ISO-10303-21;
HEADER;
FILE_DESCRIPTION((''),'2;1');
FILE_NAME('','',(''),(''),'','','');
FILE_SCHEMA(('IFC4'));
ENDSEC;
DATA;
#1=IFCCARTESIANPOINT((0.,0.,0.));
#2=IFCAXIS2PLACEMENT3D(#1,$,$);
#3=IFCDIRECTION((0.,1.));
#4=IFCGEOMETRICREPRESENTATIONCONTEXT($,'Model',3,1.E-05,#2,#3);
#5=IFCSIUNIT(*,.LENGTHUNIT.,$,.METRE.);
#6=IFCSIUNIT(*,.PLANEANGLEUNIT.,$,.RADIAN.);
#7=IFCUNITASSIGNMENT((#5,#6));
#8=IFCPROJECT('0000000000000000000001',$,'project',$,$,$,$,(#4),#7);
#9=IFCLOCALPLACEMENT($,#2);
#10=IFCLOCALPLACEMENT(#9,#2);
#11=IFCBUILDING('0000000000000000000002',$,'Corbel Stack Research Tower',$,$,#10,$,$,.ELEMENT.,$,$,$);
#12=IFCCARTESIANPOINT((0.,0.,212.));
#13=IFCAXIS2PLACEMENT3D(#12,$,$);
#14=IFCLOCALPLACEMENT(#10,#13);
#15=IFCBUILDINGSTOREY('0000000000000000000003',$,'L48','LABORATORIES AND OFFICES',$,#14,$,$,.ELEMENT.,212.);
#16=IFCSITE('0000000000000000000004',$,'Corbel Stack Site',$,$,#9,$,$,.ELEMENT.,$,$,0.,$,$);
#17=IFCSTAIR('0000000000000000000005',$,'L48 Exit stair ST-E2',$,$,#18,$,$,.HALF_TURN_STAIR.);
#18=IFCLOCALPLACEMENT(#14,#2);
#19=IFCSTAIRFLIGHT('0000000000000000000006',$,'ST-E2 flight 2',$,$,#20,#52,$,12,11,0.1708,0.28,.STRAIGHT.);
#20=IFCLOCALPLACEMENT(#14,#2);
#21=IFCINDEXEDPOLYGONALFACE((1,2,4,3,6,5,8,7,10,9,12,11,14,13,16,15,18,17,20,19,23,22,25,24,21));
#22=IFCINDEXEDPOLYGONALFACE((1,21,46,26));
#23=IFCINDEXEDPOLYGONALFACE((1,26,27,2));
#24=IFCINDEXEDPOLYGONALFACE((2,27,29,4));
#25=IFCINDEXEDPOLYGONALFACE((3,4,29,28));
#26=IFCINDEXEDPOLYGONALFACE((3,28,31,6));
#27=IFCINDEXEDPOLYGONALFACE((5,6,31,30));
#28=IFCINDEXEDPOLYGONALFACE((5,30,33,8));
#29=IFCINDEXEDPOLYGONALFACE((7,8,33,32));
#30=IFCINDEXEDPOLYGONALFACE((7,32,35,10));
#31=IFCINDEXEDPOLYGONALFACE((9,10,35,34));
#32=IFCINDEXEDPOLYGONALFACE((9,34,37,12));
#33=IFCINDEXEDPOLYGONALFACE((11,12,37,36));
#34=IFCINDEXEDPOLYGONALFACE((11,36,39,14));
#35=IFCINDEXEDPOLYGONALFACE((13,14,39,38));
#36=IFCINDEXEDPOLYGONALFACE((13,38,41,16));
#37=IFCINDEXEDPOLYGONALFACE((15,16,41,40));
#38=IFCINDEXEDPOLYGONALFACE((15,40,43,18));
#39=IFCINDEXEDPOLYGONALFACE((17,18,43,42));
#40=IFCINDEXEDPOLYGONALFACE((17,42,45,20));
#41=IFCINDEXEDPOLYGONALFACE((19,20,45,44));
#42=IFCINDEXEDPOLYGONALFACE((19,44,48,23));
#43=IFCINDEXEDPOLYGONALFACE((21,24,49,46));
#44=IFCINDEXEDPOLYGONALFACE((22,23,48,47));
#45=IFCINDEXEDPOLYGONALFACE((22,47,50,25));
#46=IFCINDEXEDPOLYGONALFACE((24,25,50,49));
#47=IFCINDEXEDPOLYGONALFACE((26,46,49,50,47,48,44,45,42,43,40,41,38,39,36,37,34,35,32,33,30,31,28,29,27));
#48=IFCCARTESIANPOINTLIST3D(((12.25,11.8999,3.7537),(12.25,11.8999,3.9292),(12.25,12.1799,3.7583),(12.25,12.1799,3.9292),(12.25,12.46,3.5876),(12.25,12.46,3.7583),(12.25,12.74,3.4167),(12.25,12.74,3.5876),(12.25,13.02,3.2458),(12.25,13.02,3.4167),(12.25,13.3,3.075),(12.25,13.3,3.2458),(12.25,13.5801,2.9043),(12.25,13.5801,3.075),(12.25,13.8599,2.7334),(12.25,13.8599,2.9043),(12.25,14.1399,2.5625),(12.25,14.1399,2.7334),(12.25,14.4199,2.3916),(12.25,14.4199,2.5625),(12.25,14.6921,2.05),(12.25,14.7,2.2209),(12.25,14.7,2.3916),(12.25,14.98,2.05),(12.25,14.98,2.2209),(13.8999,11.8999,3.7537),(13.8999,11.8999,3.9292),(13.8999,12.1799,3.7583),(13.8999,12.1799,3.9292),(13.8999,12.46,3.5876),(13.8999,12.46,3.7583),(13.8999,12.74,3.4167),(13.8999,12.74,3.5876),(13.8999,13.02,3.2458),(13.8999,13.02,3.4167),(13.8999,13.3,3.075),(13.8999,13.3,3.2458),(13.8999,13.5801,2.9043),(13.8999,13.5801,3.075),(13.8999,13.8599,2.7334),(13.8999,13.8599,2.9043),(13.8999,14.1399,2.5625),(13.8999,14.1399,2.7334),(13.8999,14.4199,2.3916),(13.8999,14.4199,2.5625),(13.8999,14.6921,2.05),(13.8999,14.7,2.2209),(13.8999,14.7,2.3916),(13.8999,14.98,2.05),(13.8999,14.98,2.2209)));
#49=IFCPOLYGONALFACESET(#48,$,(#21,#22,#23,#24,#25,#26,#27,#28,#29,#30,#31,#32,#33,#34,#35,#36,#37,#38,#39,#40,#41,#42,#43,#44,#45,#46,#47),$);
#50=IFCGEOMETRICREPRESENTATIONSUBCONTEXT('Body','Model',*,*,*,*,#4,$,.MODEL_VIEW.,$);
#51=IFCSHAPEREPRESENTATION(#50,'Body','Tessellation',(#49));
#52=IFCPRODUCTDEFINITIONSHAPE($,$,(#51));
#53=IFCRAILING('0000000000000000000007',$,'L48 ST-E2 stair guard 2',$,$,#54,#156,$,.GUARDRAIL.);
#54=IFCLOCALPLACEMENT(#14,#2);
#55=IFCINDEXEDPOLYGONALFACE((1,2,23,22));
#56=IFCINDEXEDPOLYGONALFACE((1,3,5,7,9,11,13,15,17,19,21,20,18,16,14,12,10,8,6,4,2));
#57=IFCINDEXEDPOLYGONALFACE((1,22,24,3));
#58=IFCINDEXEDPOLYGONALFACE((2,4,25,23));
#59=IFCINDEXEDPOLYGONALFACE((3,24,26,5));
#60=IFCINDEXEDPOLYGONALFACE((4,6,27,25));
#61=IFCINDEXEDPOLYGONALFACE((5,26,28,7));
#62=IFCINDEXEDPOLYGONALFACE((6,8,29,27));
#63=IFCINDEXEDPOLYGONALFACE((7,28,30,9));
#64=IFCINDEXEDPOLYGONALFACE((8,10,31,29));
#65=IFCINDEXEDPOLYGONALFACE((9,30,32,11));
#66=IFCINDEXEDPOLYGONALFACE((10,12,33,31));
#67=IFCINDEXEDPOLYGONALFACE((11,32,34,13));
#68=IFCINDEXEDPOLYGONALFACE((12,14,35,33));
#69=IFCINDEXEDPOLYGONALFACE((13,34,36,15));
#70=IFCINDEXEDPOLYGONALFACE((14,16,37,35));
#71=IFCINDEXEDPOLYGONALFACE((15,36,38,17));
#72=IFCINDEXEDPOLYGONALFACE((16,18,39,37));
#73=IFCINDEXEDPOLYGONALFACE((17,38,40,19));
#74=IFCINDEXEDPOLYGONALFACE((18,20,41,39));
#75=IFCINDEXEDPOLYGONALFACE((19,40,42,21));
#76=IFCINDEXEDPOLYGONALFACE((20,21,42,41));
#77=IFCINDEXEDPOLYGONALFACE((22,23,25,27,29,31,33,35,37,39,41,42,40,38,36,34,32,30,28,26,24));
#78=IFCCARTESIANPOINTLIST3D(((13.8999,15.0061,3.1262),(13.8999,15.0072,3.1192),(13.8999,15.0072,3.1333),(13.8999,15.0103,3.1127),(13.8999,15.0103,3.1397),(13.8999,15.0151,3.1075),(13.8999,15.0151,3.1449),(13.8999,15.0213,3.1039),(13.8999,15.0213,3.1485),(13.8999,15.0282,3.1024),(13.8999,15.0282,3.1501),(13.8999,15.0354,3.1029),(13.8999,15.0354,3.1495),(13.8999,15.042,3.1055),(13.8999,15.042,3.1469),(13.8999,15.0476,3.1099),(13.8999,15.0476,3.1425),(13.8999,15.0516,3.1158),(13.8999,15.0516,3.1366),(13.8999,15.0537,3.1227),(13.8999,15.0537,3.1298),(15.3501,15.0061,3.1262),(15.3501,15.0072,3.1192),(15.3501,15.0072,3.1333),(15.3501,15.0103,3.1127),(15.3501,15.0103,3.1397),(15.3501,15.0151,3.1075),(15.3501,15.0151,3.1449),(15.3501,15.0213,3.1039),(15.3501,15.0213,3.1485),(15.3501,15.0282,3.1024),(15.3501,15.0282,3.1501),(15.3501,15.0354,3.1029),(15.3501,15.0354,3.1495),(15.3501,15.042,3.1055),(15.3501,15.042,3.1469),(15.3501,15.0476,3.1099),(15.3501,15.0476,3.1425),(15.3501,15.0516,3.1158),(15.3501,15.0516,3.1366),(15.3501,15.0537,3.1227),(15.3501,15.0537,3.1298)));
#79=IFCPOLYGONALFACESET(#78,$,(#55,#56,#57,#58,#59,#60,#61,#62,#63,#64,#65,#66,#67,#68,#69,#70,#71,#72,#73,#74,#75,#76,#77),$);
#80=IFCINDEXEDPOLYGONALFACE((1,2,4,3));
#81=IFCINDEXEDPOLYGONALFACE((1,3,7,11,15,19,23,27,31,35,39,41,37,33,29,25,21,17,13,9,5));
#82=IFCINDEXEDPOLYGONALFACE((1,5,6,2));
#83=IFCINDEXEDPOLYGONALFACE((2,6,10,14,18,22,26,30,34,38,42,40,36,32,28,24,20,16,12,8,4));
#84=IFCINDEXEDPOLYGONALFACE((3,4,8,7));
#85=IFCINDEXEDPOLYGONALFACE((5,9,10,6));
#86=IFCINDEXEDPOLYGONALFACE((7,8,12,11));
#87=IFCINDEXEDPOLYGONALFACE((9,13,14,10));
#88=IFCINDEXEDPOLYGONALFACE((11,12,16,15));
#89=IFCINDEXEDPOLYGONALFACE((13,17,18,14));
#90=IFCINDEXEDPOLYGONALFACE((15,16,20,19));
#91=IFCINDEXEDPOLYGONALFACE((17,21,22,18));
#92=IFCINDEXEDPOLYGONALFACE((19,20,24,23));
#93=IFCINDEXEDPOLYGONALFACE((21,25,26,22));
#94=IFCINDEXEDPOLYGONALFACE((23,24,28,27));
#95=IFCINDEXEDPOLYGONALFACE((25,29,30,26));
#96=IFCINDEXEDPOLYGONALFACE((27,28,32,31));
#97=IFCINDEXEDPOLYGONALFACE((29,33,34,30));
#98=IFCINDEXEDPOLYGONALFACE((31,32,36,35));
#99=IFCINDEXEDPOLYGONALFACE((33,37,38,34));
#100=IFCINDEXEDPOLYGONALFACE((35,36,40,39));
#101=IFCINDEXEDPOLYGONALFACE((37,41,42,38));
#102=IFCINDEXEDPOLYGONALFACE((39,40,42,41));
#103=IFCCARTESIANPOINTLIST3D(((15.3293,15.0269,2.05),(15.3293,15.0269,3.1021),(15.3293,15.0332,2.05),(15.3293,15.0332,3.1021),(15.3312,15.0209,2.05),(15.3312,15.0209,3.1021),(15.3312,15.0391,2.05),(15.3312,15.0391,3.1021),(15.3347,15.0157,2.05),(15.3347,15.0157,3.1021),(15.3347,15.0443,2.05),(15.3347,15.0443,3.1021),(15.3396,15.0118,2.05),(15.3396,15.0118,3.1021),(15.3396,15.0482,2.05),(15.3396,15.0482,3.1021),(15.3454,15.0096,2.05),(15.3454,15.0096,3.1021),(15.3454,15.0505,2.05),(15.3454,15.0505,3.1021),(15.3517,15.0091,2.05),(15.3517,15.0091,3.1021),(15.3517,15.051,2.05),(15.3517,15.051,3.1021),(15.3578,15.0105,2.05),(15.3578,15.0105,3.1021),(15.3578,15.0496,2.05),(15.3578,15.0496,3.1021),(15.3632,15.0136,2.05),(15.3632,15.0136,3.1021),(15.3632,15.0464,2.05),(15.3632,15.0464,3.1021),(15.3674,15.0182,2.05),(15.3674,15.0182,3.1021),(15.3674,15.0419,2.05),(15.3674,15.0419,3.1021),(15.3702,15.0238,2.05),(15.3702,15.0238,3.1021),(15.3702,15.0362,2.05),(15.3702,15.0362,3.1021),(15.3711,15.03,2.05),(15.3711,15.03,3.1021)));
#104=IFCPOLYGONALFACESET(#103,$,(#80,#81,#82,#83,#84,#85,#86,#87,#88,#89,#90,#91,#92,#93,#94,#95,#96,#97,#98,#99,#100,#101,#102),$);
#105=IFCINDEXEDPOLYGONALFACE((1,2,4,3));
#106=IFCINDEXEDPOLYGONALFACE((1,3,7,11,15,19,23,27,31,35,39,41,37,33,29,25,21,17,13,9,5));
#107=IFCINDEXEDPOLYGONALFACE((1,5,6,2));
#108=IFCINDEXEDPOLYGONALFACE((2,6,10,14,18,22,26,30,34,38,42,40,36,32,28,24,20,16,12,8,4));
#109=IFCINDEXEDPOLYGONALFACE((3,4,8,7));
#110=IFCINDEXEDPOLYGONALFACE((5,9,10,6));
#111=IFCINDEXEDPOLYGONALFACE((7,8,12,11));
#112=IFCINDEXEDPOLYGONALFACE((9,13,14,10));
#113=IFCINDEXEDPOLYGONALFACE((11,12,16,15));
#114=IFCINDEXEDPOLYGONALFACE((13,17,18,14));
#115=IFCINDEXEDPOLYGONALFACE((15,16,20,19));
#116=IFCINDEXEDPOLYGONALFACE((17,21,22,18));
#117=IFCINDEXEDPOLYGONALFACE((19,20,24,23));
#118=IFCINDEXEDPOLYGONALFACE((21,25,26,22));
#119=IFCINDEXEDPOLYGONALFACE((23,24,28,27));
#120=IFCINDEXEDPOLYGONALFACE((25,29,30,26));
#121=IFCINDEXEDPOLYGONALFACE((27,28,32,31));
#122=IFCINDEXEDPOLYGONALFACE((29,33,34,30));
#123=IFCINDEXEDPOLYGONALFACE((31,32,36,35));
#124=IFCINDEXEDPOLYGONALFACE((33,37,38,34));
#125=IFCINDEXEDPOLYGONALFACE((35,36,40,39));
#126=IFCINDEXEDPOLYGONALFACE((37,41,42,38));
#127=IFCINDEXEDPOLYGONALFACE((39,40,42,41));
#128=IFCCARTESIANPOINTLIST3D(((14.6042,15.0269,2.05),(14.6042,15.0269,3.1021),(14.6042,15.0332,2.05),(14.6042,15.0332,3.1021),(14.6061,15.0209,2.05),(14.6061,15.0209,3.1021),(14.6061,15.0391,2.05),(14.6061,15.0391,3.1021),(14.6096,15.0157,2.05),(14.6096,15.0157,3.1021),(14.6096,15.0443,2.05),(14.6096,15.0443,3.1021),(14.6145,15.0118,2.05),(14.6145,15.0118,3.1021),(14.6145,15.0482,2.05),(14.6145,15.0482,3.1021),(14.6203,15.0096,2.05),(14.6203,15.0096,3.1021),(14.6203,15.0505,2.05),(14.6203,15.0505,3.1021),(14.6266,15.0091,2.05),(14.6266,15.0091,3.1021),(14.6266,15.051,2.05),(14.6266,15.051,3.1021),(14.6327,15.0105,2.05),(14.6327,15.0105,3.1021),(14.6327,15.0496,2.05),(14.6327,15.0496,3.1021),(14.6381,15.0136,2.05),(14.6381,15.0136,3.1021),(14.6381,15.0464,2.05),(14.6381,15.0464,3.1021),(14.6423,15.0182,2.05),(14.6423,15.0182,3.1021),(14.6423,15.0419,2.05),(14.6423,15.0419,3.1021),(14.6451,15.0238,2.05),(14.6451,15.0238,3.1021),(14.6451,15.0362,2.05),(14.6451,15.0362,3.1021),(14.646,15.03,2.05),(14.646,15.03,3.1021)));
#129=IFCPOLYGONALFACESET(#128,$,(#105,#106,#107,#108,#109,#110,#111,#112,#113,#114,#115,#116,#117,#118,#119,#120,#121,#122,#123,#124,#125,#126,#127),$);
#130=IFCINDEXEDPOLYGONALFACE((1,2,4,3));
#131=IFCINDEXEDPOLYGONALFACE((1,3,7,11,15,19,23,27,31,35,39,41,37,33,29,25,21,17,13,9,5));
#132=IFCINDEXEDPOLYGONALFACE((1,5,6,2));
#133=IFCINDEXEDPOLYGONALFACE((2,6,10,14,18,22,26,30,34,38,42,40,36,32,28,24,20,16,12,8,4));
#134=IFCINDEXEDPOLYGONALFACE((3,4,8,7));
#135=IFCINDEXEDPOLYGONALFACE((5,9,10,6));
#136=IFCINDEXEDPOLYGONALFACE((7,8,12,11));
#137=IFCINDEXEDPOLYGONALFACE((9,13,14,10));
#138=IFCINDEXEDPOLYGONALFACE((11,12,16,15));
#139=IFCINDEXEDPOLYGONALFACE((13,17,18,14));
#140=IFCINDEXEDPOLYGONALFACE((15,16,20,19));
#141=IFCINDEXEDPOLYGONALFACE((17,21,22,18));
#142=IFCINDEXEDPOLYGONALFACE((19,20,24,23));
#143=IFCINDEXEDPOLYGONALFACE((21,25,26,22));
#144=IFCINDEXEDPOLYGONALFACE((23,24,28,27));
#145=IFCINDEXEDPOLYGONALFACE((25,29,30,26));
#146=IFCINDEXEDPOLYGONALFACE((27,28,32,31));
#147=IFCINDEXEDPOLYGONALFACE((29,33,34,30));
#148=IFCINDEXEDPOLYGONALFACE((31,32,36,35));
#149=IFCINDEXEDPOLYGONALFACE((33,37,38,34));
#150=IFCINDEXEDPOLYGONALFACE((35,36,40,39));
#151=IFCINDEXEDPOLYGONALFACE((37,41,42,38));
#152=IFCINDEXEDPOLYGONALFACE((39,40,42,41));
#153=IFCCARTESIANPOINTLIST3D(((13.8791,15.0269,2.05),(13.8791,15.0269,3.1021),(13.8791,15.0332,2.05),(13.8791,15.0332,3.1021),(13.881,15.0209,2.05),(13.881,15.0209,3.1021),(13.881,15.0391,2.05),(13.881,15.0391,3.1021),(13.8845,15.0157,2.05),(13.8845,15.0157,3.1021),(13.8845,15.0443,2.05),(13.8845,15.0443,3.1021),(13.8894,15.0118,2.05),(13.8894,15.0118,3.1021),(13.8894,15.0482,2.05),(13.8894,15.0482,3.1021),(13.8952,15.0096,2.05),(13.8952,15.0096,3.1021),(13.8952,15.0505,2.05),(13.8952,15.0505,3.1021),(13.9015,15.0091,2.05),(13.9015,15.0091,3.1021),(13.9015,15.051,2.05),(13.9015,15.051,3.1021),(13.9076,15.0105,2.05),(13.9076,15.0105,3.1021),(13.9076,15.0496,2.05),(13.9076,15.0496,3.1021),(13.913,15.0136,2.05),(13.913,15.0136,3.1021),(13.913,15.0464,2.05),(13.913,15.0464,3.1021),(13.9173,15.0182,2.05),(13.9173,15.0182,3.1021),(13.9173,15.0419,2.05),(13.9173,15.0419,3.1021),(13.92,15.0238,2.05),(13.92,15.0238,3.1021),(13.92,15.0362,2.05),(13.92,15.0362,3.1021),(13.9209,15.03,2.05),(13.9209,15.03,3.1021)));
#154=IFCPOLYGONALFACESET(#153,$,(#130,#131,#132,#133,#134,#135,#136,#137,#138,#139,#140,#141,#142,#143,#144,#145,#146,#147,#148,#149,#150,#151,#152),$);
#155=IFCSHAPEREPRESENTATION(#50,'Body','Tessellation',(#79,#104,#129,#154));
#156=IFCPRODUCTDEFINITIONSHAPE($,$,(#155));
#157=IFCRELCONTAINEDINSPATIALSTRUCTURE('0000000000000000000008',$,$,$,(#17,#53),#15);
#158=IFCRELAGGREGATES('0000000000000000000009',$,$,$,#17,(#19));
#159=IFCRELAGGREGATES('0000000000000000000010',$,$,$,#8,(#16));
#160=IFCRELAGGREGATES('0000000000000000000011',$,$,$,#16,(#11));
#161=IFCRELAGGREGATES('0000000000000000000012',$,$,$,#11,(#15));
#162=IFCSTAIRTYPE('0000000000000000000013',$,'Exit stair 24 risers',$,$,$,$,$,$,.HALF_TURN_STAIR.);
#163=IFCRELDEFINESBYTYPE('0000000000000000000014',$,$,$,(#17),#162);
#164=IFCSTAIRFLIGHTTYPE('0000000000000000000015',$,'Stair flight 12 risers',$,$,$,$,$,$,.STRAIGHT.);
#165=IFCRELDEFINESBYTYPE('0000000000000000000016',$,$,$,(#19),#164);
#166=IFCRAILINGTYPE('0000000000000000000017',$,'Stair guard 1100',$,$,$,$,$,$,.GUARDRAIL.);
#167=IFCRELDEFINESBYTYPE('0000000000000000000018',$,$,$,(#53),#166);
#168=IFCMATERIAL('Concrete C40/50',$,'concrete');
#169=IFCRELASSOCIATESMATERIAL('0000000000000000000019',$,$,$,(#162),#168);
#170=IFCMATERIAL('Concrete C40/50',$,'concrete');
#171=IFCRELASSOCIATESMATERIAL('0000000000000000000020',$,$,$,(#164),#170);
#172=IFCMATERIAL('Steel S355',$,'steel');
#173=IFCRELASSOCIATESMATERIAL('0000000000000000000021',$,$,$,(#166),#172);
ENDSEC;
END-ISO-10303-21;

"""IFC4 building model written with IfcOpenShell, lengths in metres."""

from ifc_helpers import new_model, si_unit, direction, frame, origin, origin_2d, place, context, subcontext, project, spatial, polyline, circle, outline, extrude, material, type_object, element, aggregate, save


model = new_model("IFC4")

# Units and contexts
model_context = context("Model", 3, precision=1e-05, world=origin(), true_north=direction((0.0, 1.0)))
body_context = subcontext(model_context, "Body", "Model", "MODEL_VIEW")
ifc_project = project(units=[si_unit("LENGTHUNIT", "METRE"), si_unit("PLANEANGLEUNIT", "RADIAN")], contexts=[model_context])

# Site, building, storey
site_placement = place(None, origin())
site = spatial("IfcSite", under=ifc_project, at=site_placement, Name="Corbel Stack Site", CompositionType="ELEMENT", RefElevation=0.0)
building_placement = place(site_placement, origin())
building = spatial("IfcBuilding", under=site, at=building_placement, Name="Corbel Stack Research Tower", CompositionType="ELEMENT")
storey_placement = place(building_placement, frame((0.0, 0.0, 212.0)))
storey = spatial("IfcBuildingStorey", under=building, at=storey_placement, Name="L48", Description="LABORATORIES AND OFFICES", CompositionType="ELEMENT", Elevation=212.0)

# Stair, stair flight
ifc_material_1 = material(Name="Concrete C40/50", Category="concrete")
stair_type = type_object("IfcStairType", Name="Exit stair 24 risers", PredefinedType="HALF_TURN_STAIR", material=ifc_material_1)
stair_placement = place(storey_placement, origin())
stair = element("IfcStair", 1, at=stair_placement, inside=storey, type_object=stair_type, Name="L48 Exit stair ST-E2", PredefinedType="HALF_TURN_STAIR")
ifc_material_2 = material(Name="Concrete C40/50", Category="concrete")
stair_flight_type = type_object("IfcStairFlightType", Name="Stair flight 12 risers", PredefinedType="STRAIGHT", material=ifc_material_2)
stair_flight_placement = place(storey_placement, frame((13.075, 14.98, 2.05), z_axis=(0.0, 0.0, 1.0), x_axis=(0.0, -1.0, 0.0)))
stair_flight = element("IfcStairFlight", 2, at=stair_flight_placement, type_object=stair_flight_type, Name="ST-E2 flight 2", NumberOfRisers=12, NumberOfTreads=11, PredefinedType="STRAIGHT", RiserHeight=0.1708, TreadLength=0.28, context=body_context, shape_type="SweptSolid", body=[
    extrude(outline(polyline([(0.0, 0.0), (0.0, 0.1709), (0.28, 0.1709), (0.28, 0.3416), (0.5601, 0.3416), (0.5601, 0.5125), (0.8401, 0.5125), (0.8401, 0.6833), (1.1201, 0.6833), (1.1201, 0.8542), (1.3999, 0.8542), (1.3999, 1.0249), (1.6799, 1.0249), (1.6799, 1.1958), (1.96, 1.1958), (1.96, 1.3667), (2.24, 1.3667), (2.24, 1.5376), (2.52, 1.5376), (2.52, 1.7083), (2.8, 1.7083), (2.8, 1.8792), (3.0801, 1.8792), (3.0801, 2.05), (3.0801, 1.7036), (0.2878, 0.0), (0.0, 0.0)])), frame((0.0, 0.825, 0.0), z_axis=(0.0, -1.0, 0.0), x_axis=(1.0, 0.0, 0.0)), (0.0, 0.0, 1.0), 1.6499),
])
aggregate(stair, [stair_flight])

# Railing
ifc_material_3 = material(Name="Steel S355", Category="steel")
railing_type = type_object("IfcRailingType", Name="Stair guard 1100", PredefinedType="GUARDRAIL", material=ifc_material_3)
railing_1_placement = place(storey_placement, frame((15.3501, 15.03, 2.05)))
element("IfcRailing", 3, at=railing_1_placement, inside=storey, type_object=railing_type, Name="L48 ST-E2 stair guard 2", PredefinedType="GUARDRAIL", context=body_context, shape_type="SweptSolid", body=[
    extrude(circle(Radius=0.0239, at=origin_2d()), frame((0.0, 0.0, 1.0762), z_axis=(-1.0, 0.0, 0.0), x_axis=(0.0, -1.0, 0.0)), (0.0, 0.0, 1.0), 1.4502),
    extrude(circle(Radius=0.021, at=origin_2d()), origin(), (0.0, 0.0, 1.0), 1.052),
    extrude(circle(Radius=0.021, at=origin_2d()), frame((-0.7251, 0.0, 0.0)), (0.0, 0.0, 1.0), 1.052),
    extrude(circle(Radius=0.021, at=origin_2d()), frame((-1.4502, 0.0, 0.0)), (0.0, 0.0, 1.0), 1.052),
])

save(model, "model.ifc")
